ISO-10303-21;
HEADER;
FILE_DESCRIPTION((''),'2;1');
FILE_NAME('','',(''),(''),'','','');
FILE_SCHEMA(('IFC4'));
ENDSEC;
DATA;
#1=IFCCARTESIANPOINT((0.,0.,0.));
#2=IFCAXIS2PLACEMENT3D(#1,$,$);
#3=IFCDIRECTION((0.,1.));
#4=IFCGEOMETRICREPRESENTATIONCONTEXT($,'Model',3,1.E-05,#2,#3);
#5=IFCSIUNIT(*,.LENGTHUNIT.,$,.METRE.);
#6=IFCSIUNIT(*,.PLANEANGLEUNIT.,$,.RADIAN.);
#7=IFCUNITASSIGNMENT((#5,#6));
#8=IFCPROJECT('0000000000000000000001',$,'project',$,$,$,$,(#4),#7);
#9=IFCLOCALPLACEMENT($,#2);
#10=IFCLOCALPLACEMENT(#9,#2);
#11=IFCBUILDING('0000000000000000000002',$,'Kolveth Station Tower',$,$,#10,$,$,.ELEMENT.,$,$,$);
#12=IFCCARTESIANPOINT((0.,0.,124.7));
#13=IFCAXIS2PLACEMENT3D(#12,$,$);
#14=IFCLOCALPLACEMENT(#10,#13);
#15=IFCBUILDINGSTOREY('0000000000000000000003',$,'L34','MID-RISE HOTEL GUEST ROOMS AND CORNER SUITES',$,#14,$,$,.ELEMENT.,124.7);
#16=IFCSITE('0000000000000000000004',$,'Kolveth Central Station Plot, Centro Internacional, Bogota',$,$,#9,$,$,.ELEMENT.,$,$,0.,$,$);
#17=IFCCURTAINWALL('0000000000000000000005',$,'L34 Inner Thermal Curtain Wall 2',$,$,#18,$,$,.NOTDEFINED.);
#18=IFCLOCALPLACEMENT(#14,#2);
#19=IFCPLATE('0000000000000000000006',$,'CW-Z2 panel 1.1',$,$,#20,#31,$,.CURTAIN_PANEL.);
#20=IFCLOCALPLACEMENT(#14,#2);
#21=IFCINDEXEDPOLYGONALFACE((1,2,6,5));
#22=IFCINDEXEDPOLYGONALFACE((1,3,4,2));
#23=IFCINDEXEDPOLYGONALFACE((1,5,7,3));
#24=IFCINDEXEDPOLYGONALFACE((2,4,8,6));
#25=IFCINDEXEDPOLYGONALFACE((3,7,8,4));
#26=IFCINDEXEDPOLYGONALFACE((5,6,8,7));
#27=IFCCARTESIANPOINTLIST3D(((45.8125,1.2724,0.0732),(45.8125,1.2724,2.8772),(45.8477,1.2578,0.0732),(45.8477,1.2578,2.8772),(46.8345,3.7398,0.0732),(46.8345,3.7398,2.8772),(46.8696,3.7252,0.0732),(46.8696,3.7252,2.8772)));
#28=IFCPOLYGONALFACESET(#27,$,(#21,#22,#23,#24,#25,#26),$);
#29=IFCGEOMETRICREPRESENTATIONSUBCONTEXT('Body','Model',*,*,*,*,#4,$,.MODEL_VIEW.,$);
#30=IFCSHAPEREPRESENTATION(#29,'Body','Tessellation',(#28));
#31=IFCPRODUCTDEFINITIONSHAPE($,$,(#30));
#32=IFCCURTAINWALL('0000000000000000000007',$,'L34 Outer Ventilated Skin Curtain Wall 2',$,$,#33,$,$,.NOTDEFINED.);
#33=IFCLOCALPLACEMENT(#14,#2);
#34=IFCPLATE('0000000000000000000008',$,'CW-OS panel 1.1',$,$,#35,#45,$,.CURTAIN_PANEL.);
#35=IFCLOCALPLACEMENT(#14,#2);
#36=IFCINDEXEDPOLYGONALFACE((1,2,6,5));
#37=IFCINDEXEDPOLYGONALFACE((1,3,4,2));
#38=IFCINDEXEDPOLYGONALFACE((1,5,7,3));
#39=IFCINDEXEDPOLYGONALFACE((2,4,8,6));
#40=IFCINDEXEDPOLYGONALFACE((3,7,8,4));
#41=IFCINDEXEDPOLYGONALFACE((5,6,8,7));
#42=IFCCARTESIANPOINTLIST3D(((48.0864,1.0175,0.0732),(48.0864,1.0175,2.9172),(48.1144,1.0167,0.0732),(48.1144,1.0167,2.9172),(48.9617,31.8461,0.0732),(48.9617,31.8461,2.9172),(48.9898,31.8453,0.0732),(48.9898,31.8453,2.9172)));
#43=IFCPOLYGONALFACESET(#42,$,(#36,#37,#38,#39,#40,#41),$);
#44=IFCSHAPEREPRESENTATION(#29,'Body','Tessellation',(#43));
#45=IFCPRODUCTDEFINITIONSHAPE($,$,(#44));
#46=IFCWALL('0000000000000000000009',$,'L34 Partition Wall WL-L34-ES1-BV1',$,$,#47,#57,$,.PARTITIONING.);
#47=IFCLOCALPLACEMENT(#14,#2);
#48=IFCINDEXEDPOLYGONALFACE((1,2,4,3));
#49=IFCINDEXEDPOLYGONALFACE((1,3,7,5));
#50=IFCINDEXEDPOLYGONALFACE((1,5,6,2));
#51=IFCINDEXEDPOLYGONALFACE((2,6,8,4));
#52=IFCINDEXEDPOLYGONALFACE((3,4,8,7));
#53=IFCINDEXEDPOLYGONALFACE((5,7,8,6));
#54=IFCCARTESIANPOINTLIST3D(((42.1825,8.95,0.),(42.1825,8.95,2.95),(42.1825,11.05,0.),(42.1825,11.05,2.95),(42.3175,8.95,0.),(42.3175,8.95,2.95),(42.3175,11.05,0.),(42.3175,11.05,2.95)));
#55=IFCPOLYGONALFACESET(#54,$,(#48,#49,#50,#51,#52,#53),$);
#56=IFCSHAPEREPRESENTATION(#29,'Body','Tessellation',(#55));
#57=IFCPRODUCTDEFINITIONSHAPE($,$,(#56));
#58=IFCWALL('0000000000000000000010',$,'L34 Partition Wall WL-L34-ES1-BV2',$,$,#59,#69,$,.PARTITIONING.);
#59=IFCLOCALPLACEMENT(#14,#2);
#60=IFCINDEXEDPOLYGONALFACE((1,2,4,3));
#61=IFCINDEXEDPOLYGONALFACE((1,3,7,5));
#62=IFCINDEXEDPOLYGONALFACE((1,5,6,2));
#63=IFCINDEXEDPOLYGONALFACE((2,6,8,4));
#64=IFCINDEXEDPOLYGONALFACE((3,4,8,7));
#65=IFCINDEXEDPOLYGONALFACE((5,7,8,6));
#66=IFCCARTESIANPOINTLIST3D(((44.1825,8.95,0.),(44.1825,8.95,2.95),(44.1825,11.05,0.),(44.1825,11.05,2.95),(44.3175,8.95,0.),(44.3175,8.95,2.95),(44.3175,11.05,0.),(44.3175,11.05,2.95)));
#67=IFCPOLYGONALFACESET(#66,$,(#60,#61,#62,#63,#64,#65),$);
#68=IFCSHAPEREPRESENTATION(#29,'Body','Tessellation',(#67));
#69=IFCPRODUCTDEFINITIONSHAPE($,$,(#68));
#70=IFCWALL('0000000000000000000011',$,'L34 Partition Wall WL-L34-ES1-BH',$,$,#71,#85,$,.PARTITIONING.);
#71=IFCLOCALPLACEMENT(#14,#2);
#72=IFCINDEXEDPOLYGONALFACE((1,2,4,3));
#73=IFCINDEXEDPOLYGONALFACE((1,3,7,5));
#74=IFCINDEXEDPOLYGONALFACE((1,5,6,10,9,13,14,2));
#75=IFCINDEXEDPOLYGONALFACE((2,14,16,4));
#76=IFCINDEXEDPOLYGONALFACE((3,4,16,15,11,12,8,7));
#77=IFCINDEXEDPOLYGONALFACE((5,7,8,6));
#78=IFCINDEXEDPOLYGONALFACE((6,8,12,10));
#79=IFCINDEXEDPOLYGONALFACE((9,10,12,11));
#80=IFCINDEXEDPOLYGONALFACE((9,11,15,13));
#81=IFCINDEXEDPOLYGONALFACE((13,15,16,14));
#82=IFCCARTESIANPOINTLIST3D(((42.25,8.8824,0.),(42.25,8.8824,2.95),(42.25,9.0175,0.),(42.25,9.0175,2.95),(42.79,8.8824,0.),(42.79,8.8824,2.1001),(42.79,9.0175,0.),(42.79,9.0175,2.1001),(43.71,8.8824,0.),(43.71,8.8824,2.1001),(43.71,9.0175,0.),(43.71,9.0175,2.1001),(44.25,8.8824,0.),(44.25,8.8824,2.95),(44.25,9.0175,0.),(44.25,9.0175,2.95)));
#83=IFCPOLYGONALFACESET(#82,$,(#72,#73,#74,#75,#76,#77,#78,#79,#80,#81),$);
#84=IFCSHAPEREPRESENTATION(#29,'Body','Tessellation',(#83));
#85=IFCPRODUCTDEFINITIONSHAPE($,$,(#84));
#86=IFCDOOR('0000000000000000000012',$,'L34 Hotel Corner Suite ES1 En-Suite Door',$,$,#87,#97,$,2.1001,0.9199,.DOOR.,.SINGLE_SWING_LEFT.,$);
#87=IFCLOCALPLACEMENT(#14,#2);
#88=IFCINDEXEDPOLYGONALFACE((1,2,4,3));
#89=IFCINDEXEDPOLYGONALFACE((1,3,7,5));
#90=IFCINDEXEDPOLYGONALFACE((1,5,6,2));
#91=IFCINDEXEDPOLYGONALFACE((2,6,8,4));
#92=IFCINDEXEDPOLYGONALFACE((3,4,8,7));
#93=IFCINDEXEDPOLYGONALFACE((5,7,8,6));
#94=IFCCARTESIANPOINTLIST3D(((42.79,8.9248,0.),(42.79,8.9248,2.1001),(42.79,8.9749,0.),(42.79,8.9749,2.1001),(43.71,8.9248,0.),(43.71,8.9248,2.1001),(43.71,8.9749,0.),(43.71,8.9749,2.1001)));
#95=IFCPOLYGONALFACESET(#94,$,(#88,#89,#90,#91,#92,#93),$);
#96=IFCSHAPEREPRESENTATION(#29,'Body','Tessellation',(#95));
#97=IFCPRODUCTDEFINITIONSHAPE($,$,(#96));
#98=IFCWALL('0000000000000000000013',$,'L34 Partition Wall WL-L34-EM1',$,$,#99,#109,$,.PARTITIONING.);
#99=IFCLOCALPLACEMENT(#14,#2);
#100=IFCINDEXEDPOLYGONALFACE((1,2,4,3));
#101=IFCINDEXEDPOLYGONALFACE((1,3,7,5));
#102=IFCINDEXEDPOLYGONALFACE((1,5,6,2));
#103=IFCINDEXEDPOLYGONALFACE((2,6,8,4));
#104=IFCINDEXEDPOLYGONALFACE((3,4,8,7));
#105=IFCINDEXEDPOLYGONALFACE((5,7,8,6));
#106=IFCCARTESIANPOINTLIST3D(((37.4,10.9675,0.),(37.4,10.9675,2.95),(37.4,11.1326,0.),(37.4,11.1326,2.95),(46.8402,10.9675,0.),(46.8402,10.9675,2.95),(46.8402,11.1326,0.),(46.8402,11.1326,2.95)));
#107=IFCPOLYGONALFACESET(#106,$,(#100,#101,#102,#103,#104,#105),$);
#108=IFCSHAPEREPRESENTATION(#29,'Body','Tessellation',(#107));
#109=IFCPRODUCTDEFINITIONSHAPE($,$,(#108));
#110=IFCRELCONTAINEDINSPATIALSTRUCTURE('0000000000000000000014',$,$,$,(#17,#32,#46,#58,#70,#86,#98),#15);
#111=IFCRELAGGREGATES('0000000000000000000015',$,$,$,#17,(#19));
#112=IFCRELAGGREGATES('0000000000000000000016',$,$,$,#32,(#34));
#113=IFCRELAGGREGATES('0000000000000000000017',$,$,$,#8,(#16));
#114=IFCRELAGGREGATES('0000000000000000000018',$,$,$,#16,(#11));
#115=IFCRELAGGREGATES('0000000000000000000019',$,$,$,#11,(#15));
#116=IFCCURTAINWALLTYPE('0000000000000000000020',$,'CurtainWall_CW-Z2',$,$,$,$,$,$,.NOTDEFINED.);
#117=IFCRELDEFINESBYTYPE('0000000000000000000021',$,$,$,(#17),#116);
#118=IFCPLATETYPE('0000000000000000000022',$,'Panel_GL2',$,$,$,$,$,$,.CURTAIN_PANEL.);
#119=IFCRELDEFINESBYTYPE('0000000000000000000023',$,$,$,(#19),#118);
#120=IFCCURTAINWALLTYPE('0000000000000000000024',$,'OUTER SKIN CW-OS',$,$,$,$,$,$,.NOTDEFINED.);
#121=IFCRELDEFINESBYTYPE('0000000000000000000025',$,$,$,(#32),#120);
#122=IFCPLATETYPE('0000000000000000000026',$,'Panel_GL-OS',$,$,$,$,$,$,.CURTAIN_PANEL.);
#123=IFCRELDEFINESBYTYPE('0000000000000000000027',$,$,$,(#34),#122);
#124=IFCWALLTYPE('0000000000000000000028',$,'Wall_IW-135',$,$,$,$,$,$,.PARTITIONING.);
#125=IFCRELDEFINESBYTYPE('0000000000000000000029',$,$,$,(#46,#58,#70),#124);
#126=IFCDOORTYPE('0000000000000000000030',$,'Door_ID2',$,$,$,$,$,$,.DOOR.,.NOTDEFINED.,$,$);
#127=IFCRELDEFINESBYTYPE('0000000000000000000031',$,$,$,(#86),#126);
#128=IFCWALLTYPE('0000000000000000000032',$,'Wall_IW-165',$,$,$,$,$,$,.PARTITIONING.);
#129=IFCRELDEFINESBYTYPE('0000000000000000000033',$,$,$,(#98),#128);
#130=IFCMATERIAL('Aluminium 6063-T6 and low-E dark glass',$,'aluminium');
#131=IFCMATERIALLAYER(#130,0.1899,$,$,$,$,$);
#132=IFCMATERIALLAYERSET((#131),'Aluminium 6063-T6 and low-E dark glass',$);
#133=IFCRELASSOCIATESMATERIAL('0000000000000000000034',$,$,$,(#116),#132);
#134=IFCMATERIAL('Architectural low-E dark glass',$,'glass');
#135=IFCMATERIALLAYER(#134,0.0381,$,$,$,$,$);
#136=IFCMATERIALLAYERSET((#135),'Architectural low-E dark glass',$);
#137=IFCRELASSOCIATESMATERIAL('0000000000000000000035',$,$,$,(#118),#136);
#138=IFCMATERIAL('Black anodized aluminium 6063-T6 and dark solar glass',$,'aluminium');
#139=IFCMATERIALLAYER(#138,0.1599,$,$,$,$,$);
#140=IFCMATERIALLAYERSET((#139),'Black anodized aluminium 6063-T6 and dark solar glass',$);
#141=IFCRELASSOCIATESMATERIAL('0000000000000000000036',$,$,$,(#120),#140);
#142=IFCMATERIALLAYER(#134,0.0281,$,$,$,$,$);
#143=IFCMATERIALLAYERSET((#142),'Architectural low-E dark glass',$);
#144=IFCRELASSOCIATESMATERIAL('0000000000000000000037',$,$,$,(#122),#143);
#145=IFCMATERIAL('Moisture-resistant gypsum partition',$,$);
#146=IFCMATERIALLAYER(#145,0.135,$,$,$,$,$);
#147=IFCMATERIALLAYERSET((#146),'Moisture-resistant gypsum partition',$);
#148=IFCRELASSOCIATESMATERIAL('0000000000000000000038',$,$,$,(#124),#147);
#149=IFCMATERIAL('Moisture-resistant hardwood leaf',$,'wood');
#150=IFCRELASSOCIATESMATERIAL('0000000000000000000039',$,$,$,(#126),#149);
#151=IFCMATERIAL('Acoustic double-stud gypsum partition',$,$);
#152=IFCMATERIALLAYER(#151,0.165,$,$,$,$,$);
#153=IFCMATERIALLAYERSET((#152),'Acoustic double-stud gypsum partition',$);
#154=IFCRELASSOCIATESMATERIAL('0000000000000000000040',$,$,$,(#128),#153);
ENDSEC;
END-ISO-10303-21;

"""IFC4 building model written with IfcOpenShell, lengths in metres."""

from ifc_helpers import new_model, si_unit, direction, frame, frame_2d, origin, origin_2d, place, context, subcontext, project, spatial, rectangle, extrude, source, transform, mapped, material, layer, layer_set, type_object, element, fill, aggregate, save


model = new_model("IFC4")

# Units and contexts
model_context = context("Model", 3, precision=1e-05, world=origin(), true_north=direction((0.0, 1.0)))
body_context = subcontext(model_context, "Body", "Model", "MODEL_VIEW")
ifc_project = project(units=[si_unit("LENGTHUNIT", "METRE"), si_unit("PLANEANGLEUNIT", "RADIAN")], contexts=[model_context])

# Site, building, storey
site_placement = place(None, origin())
site = spatial("IfcSite", under=ifc_project, at=site_placement, Name="Kolveth Central Station Plot, Centro Internacional, Bogota", CompositionType="ELEMENT", RefElevation=0.0)
building_placement = place(site_placement, origin())
building = spatial("IfcBuilding", under=site, at=building_placement, Name="Kolveth Station Tower", CompositionType="ELEMENT")
storey_placement = place(building_placement, frame((0.0, 0.0, 124.7)))
storey = spatial("IfcBuildingStorey", under=building, at=storey_placement, Name="L34", Description="MID-RISE HOTEL GUEST ROOMS AND CORNER SUITES", CompositionType="ELEMENT", Elevation=124.7)

# Curtain wall
ifc_material_1 = material(Name="Aluminium 6063-T6 and low-E dark glass", Category="aluminium")
ifc_layer_1 = layer(ifc_material_1, 0.1899)
ifc_layer_set_1 = layer_set([ifc_layer_1], Name="Aluminium 6063-T6 and low-E dark glass")
curtain_wall_type_1 = type_object("IfcCurtainWallType", Name="CurtainWall_CW-Z2", PredefinedType="NOTDEFINED", material=ifc_layer_set_1)
curtain_wall_1_placement = place(storey_placement, origin())
curtain_wall_1 = element("IfcCurtainWall", 1, at=curtain_wall_1_placement, inside=storey, type_object=curtain_wall_type_1, Name="L34 Inner Thermal Curtain Wall 2", PredefinedType="NOTDEFINED")

# Plate
ifc_material_2 = material(Name="Architectural low-E dark glass", Category="glass")
ifc_layer_2 = layer(ifc_material_2, 0.0381)
ifc_layer_set_2 = layer_set([ifc_layer_2], Name="Architectural low-E dark glass")
plate_type_1 = type_object("IfcPlateType", Name="Panel_GL2", PredefinedType="CURTAIN_PANEL", material=ifc_layer_set_2)
shared_shape_1 = source(origin(), body_context, "Body", "SweptSolid", [
    extrude(rectangle(XDim=2.6707, YDim=0.0381, at=origin_2d()), origin(), (0.0, 0.0, 1.0), 2.804),
])
plate_1_placement = place(storey_placement, frame((46.3411, 2.4988, 0.0732), z_axis=(0.0, 0.0, 1.0), x_axis=(0.382663, 0.923888, 0.0)))
plate_1 = element("IfcPlate", 2, at=plate_1_placement, type_object=plate_type_1, Name="CW-Z2 panel 1.1", PredefinedType="CURTAIN_PANEL", context=body_context, shape_type="MappedRepresentation", body=[
    mapped(shared_shape_1, transform((0.0, 0.0, 0.0), x_axis=(1.0, 0.0, 0.0), y_axis=(0.0, 1.0, 0.0), z_axis=(0.0, 0.0, 1.0), scale=1.0)),
])
aggregate(curtain_wall_1, [plate_1])

# Curtain wall, plate
ifc_material_3 = material(Name="Black anodized aluminium 6063-T6 and dark solar glass", Category="aluminium")
ifc_layer_3 = layer(ifc_material_3, 0.1599)
ifc_layer_set_3 = layer_set([ifc_layer_3], Name="Black anodized aluminium 6063-T6 and dark solar glass")
curtain_wall_type_2 = type_object("IfcCurtainWallType", Name="OUTER SKIN CW-OS", PredefinedType="NOTDEFINED", material=ifc_layer_set_3)
curtain_wall_2_placement = place(storey_placement, origin())
curtain_wall_2 = element("IfcCurtainWall", 3, at=curtain_wall_2_placement, inside=storey, type_object=curtain_wall_type_2, Name="L34 Outer Ventilated Skin Curtain Wall 2", PredefinedType="NOTDEFINED")
ifc_layer_4 = layer(ifc_material_2, 0.0281)
ifc_layer_set_4 = layer_set([ifc_layer_4], Name="Architectural low-E dark glass")
plate_type_2 = type_object("IfcPlateType", Name="Panel_GL-OS", PredefinedType="CURTAIN_PANEL", material=ifc_layer_set_4)
shared_shape_2 = source(origin(), body_context, "Body", "SweptSolid", [
    extrude(rectangle(XDim=30.8411, YDim=0.0281, at=origin_2d()), origin(), (0.0, 0.0, 1.0), 2.844),
])
plate_2_placement = place(storey_placement, frame((48.5381, 16.4314, 0.0732), z_axis=(0.0, 0.0, 1.0), x_axis=(0.028384, 0.999597, 0.0)))
plate_2 = element("IfcPlate", 4, at=plate_2_placement, type_object=plate_type_2, Name="CW-OS panel 1.1", PredefinedType="CURTAIN_PANEL", context=body_context, shape_type="MappedRepresentation", body=[
    mapped(shared_shape_2, transform((0.0, 0.0, 0.0), x_axis=(1.0, 0.0, 0.0), y_axis=(0.0, 1.0, 0.0), z_axis=(0.0, 0.0, 1.0), scale=1.0)),
])
aggregate(curtain_wall_2, [plate_2])

# Walls
ifc_material_4 = material(Name="Moisture-resistant gypsum partition")
ifc_layer_5 = layer(ifc_material_4, 0.135)
ifc_layer_set_5 = layer_set([ifc_layer_5], Name="Moisture-resistant gypsum partition")
wall_type_1 = type_object("IfcWallType", Name="Wall_IW-135", PredefinedType="PARTITIONING", material=ifc_layer_set_5)
for number, where, z_axis, x_axis, name in (
    (5, (42.25, 8.95, 0.0), (0.0, 0.0, 1.0), (0.0, 1.0, 0.0), "L34 Partition Wall WL-L34-ES1-BV1"),
    (6, (44.25, 8.95, 0.0), (0.0, 0.0, 1.0), (0.0, 1.0, 0.0), "L34 Partition Wall WL-L34-ES1-BV2"),
):
    element("IfcWall", number, at=place(storey_placement, frame(where, z_axis=z_axis, x_axis=x_axis)), inside=storey, type_object=wall_type_1, Name=name, PredefinedType="PARTITIONING", context=body_context, shape_type="SweptSolid", body=[
        extrude(rectangle(XDim=2.1001, YDim=0.135, at=frame_2d((1.05, 0.0))), origin(), (0.0, 0.0, 1.0), 2.95),
    ])

# Wall, opening, door
wall_1_placement = place(storey_placement, frame((42.25, 8.95, 0.0), z_axis=(0.0, 0.0, 1.0), x_axis=(1.0, 0.0, 0.0)))
wall_1 = element("IfcWall", 7, at=wall_1_placement, inside=storey, type_object=wall_type_1, Name="L34 Partition Wall WL-L34-ES1-BH", PredefinedType="PARTITIONING", context=body_context, shape_type="SweptSolid", body=[
    extrude(rectangle(XDim=2.0, YDim=0.135, at=frame_2d((1.0, 0.0))), origin(), (0.0, 0.0, 1.0), 2.95),
])
opening_placement = place(wall_1_placement, frame((0.54, 0.0, 0.0)))
opening = element("IfcOpeningElement", 8, at=opening_placement, cuts=wall_1, PredefinedType="OPENING", context=body_context, shape_type="SweptSolid", body=[
    extrude(rectangle(XDim=0.9199, YDim=2.1001, at=frame_2d((0.46, 1.05))), frame((0.0, 0.0774, 0.0), z_axis=(0.0, -1.0, 0.0), x_axis=(1.0, 0.0, 0.0)), (0.0, 0.0, 1.0), 0.155),
])
ifc_material_5 = material(Name="Moisture-resistant hardwood leaf", Category="wood")
door_type = type_object("IfcDoorType", Name="Door_ID2", OperationType="NOTDEFINED", PredefinedType="DOOR", material=ifc_material_5)
door_placement = place(opening_placement, origin())
door = element("IfcDoor", 9, at=door_placement, inside=storey, type_object=door_type, Name="L34 Hotel Corner Suite ES1 En-Suite Door", OperationType="SINGLE_SWING_LEFT", OverallHeight=2.1001, OverallWidth=0.9199, PredefinedType="DOOR", context=body_context, shape_type="SweptSolid", body=[
    extrude(rectangle(XDim=0.9199, YDim=2.1001, at=frame_2d((0.46, 1.05))), frame((0.0, 0.0249, 0.0), z_axis=(0.0, -1.0, 0.0), x_axis=(1.0, 0.0, 0.0)), (0.0, 0.0, 1.0), 0.05),
])
fill(opening, door)

# Wall
ifc_material_6 = material(Name="Acoustic double-stud gypsum partition")
ifc_layer_6 = layer(ifc_material_6, 0.165)
ifc_layer_set_6 = layer_set([ifc_layer_6], Name="Acoustic double-stud gypsum partition")
wall_type_2 = type_object("IfcWallType", Name="Wall_IW-165", PredefinedType="PARTITIONING", material=ifc_layer_set_6)
wall_2_placement = place(storey_placement, frame((37.3999, 11.05, 0.0), z_axis=(0.0, 0.0, 1.0), x_axis=(1.0, 0.0, 0.0)))
element("IfcWall", 10, at=wall_2_placement, inside=storey, type_object=wall_type_2, Name="L34 Partition Wall WL-L34-EM1", PredefinedType="PARTITIONING", context=body_context, shape_type="SweptSolid", body=[
    extrude(rectangle(XDim=9.4402, YDim=0.165, at=frame_2d((4.7202, 0.0))), origin(), (0.0, 0.0, 1.0), 2.95),
])

save(model, "model.ifc")
